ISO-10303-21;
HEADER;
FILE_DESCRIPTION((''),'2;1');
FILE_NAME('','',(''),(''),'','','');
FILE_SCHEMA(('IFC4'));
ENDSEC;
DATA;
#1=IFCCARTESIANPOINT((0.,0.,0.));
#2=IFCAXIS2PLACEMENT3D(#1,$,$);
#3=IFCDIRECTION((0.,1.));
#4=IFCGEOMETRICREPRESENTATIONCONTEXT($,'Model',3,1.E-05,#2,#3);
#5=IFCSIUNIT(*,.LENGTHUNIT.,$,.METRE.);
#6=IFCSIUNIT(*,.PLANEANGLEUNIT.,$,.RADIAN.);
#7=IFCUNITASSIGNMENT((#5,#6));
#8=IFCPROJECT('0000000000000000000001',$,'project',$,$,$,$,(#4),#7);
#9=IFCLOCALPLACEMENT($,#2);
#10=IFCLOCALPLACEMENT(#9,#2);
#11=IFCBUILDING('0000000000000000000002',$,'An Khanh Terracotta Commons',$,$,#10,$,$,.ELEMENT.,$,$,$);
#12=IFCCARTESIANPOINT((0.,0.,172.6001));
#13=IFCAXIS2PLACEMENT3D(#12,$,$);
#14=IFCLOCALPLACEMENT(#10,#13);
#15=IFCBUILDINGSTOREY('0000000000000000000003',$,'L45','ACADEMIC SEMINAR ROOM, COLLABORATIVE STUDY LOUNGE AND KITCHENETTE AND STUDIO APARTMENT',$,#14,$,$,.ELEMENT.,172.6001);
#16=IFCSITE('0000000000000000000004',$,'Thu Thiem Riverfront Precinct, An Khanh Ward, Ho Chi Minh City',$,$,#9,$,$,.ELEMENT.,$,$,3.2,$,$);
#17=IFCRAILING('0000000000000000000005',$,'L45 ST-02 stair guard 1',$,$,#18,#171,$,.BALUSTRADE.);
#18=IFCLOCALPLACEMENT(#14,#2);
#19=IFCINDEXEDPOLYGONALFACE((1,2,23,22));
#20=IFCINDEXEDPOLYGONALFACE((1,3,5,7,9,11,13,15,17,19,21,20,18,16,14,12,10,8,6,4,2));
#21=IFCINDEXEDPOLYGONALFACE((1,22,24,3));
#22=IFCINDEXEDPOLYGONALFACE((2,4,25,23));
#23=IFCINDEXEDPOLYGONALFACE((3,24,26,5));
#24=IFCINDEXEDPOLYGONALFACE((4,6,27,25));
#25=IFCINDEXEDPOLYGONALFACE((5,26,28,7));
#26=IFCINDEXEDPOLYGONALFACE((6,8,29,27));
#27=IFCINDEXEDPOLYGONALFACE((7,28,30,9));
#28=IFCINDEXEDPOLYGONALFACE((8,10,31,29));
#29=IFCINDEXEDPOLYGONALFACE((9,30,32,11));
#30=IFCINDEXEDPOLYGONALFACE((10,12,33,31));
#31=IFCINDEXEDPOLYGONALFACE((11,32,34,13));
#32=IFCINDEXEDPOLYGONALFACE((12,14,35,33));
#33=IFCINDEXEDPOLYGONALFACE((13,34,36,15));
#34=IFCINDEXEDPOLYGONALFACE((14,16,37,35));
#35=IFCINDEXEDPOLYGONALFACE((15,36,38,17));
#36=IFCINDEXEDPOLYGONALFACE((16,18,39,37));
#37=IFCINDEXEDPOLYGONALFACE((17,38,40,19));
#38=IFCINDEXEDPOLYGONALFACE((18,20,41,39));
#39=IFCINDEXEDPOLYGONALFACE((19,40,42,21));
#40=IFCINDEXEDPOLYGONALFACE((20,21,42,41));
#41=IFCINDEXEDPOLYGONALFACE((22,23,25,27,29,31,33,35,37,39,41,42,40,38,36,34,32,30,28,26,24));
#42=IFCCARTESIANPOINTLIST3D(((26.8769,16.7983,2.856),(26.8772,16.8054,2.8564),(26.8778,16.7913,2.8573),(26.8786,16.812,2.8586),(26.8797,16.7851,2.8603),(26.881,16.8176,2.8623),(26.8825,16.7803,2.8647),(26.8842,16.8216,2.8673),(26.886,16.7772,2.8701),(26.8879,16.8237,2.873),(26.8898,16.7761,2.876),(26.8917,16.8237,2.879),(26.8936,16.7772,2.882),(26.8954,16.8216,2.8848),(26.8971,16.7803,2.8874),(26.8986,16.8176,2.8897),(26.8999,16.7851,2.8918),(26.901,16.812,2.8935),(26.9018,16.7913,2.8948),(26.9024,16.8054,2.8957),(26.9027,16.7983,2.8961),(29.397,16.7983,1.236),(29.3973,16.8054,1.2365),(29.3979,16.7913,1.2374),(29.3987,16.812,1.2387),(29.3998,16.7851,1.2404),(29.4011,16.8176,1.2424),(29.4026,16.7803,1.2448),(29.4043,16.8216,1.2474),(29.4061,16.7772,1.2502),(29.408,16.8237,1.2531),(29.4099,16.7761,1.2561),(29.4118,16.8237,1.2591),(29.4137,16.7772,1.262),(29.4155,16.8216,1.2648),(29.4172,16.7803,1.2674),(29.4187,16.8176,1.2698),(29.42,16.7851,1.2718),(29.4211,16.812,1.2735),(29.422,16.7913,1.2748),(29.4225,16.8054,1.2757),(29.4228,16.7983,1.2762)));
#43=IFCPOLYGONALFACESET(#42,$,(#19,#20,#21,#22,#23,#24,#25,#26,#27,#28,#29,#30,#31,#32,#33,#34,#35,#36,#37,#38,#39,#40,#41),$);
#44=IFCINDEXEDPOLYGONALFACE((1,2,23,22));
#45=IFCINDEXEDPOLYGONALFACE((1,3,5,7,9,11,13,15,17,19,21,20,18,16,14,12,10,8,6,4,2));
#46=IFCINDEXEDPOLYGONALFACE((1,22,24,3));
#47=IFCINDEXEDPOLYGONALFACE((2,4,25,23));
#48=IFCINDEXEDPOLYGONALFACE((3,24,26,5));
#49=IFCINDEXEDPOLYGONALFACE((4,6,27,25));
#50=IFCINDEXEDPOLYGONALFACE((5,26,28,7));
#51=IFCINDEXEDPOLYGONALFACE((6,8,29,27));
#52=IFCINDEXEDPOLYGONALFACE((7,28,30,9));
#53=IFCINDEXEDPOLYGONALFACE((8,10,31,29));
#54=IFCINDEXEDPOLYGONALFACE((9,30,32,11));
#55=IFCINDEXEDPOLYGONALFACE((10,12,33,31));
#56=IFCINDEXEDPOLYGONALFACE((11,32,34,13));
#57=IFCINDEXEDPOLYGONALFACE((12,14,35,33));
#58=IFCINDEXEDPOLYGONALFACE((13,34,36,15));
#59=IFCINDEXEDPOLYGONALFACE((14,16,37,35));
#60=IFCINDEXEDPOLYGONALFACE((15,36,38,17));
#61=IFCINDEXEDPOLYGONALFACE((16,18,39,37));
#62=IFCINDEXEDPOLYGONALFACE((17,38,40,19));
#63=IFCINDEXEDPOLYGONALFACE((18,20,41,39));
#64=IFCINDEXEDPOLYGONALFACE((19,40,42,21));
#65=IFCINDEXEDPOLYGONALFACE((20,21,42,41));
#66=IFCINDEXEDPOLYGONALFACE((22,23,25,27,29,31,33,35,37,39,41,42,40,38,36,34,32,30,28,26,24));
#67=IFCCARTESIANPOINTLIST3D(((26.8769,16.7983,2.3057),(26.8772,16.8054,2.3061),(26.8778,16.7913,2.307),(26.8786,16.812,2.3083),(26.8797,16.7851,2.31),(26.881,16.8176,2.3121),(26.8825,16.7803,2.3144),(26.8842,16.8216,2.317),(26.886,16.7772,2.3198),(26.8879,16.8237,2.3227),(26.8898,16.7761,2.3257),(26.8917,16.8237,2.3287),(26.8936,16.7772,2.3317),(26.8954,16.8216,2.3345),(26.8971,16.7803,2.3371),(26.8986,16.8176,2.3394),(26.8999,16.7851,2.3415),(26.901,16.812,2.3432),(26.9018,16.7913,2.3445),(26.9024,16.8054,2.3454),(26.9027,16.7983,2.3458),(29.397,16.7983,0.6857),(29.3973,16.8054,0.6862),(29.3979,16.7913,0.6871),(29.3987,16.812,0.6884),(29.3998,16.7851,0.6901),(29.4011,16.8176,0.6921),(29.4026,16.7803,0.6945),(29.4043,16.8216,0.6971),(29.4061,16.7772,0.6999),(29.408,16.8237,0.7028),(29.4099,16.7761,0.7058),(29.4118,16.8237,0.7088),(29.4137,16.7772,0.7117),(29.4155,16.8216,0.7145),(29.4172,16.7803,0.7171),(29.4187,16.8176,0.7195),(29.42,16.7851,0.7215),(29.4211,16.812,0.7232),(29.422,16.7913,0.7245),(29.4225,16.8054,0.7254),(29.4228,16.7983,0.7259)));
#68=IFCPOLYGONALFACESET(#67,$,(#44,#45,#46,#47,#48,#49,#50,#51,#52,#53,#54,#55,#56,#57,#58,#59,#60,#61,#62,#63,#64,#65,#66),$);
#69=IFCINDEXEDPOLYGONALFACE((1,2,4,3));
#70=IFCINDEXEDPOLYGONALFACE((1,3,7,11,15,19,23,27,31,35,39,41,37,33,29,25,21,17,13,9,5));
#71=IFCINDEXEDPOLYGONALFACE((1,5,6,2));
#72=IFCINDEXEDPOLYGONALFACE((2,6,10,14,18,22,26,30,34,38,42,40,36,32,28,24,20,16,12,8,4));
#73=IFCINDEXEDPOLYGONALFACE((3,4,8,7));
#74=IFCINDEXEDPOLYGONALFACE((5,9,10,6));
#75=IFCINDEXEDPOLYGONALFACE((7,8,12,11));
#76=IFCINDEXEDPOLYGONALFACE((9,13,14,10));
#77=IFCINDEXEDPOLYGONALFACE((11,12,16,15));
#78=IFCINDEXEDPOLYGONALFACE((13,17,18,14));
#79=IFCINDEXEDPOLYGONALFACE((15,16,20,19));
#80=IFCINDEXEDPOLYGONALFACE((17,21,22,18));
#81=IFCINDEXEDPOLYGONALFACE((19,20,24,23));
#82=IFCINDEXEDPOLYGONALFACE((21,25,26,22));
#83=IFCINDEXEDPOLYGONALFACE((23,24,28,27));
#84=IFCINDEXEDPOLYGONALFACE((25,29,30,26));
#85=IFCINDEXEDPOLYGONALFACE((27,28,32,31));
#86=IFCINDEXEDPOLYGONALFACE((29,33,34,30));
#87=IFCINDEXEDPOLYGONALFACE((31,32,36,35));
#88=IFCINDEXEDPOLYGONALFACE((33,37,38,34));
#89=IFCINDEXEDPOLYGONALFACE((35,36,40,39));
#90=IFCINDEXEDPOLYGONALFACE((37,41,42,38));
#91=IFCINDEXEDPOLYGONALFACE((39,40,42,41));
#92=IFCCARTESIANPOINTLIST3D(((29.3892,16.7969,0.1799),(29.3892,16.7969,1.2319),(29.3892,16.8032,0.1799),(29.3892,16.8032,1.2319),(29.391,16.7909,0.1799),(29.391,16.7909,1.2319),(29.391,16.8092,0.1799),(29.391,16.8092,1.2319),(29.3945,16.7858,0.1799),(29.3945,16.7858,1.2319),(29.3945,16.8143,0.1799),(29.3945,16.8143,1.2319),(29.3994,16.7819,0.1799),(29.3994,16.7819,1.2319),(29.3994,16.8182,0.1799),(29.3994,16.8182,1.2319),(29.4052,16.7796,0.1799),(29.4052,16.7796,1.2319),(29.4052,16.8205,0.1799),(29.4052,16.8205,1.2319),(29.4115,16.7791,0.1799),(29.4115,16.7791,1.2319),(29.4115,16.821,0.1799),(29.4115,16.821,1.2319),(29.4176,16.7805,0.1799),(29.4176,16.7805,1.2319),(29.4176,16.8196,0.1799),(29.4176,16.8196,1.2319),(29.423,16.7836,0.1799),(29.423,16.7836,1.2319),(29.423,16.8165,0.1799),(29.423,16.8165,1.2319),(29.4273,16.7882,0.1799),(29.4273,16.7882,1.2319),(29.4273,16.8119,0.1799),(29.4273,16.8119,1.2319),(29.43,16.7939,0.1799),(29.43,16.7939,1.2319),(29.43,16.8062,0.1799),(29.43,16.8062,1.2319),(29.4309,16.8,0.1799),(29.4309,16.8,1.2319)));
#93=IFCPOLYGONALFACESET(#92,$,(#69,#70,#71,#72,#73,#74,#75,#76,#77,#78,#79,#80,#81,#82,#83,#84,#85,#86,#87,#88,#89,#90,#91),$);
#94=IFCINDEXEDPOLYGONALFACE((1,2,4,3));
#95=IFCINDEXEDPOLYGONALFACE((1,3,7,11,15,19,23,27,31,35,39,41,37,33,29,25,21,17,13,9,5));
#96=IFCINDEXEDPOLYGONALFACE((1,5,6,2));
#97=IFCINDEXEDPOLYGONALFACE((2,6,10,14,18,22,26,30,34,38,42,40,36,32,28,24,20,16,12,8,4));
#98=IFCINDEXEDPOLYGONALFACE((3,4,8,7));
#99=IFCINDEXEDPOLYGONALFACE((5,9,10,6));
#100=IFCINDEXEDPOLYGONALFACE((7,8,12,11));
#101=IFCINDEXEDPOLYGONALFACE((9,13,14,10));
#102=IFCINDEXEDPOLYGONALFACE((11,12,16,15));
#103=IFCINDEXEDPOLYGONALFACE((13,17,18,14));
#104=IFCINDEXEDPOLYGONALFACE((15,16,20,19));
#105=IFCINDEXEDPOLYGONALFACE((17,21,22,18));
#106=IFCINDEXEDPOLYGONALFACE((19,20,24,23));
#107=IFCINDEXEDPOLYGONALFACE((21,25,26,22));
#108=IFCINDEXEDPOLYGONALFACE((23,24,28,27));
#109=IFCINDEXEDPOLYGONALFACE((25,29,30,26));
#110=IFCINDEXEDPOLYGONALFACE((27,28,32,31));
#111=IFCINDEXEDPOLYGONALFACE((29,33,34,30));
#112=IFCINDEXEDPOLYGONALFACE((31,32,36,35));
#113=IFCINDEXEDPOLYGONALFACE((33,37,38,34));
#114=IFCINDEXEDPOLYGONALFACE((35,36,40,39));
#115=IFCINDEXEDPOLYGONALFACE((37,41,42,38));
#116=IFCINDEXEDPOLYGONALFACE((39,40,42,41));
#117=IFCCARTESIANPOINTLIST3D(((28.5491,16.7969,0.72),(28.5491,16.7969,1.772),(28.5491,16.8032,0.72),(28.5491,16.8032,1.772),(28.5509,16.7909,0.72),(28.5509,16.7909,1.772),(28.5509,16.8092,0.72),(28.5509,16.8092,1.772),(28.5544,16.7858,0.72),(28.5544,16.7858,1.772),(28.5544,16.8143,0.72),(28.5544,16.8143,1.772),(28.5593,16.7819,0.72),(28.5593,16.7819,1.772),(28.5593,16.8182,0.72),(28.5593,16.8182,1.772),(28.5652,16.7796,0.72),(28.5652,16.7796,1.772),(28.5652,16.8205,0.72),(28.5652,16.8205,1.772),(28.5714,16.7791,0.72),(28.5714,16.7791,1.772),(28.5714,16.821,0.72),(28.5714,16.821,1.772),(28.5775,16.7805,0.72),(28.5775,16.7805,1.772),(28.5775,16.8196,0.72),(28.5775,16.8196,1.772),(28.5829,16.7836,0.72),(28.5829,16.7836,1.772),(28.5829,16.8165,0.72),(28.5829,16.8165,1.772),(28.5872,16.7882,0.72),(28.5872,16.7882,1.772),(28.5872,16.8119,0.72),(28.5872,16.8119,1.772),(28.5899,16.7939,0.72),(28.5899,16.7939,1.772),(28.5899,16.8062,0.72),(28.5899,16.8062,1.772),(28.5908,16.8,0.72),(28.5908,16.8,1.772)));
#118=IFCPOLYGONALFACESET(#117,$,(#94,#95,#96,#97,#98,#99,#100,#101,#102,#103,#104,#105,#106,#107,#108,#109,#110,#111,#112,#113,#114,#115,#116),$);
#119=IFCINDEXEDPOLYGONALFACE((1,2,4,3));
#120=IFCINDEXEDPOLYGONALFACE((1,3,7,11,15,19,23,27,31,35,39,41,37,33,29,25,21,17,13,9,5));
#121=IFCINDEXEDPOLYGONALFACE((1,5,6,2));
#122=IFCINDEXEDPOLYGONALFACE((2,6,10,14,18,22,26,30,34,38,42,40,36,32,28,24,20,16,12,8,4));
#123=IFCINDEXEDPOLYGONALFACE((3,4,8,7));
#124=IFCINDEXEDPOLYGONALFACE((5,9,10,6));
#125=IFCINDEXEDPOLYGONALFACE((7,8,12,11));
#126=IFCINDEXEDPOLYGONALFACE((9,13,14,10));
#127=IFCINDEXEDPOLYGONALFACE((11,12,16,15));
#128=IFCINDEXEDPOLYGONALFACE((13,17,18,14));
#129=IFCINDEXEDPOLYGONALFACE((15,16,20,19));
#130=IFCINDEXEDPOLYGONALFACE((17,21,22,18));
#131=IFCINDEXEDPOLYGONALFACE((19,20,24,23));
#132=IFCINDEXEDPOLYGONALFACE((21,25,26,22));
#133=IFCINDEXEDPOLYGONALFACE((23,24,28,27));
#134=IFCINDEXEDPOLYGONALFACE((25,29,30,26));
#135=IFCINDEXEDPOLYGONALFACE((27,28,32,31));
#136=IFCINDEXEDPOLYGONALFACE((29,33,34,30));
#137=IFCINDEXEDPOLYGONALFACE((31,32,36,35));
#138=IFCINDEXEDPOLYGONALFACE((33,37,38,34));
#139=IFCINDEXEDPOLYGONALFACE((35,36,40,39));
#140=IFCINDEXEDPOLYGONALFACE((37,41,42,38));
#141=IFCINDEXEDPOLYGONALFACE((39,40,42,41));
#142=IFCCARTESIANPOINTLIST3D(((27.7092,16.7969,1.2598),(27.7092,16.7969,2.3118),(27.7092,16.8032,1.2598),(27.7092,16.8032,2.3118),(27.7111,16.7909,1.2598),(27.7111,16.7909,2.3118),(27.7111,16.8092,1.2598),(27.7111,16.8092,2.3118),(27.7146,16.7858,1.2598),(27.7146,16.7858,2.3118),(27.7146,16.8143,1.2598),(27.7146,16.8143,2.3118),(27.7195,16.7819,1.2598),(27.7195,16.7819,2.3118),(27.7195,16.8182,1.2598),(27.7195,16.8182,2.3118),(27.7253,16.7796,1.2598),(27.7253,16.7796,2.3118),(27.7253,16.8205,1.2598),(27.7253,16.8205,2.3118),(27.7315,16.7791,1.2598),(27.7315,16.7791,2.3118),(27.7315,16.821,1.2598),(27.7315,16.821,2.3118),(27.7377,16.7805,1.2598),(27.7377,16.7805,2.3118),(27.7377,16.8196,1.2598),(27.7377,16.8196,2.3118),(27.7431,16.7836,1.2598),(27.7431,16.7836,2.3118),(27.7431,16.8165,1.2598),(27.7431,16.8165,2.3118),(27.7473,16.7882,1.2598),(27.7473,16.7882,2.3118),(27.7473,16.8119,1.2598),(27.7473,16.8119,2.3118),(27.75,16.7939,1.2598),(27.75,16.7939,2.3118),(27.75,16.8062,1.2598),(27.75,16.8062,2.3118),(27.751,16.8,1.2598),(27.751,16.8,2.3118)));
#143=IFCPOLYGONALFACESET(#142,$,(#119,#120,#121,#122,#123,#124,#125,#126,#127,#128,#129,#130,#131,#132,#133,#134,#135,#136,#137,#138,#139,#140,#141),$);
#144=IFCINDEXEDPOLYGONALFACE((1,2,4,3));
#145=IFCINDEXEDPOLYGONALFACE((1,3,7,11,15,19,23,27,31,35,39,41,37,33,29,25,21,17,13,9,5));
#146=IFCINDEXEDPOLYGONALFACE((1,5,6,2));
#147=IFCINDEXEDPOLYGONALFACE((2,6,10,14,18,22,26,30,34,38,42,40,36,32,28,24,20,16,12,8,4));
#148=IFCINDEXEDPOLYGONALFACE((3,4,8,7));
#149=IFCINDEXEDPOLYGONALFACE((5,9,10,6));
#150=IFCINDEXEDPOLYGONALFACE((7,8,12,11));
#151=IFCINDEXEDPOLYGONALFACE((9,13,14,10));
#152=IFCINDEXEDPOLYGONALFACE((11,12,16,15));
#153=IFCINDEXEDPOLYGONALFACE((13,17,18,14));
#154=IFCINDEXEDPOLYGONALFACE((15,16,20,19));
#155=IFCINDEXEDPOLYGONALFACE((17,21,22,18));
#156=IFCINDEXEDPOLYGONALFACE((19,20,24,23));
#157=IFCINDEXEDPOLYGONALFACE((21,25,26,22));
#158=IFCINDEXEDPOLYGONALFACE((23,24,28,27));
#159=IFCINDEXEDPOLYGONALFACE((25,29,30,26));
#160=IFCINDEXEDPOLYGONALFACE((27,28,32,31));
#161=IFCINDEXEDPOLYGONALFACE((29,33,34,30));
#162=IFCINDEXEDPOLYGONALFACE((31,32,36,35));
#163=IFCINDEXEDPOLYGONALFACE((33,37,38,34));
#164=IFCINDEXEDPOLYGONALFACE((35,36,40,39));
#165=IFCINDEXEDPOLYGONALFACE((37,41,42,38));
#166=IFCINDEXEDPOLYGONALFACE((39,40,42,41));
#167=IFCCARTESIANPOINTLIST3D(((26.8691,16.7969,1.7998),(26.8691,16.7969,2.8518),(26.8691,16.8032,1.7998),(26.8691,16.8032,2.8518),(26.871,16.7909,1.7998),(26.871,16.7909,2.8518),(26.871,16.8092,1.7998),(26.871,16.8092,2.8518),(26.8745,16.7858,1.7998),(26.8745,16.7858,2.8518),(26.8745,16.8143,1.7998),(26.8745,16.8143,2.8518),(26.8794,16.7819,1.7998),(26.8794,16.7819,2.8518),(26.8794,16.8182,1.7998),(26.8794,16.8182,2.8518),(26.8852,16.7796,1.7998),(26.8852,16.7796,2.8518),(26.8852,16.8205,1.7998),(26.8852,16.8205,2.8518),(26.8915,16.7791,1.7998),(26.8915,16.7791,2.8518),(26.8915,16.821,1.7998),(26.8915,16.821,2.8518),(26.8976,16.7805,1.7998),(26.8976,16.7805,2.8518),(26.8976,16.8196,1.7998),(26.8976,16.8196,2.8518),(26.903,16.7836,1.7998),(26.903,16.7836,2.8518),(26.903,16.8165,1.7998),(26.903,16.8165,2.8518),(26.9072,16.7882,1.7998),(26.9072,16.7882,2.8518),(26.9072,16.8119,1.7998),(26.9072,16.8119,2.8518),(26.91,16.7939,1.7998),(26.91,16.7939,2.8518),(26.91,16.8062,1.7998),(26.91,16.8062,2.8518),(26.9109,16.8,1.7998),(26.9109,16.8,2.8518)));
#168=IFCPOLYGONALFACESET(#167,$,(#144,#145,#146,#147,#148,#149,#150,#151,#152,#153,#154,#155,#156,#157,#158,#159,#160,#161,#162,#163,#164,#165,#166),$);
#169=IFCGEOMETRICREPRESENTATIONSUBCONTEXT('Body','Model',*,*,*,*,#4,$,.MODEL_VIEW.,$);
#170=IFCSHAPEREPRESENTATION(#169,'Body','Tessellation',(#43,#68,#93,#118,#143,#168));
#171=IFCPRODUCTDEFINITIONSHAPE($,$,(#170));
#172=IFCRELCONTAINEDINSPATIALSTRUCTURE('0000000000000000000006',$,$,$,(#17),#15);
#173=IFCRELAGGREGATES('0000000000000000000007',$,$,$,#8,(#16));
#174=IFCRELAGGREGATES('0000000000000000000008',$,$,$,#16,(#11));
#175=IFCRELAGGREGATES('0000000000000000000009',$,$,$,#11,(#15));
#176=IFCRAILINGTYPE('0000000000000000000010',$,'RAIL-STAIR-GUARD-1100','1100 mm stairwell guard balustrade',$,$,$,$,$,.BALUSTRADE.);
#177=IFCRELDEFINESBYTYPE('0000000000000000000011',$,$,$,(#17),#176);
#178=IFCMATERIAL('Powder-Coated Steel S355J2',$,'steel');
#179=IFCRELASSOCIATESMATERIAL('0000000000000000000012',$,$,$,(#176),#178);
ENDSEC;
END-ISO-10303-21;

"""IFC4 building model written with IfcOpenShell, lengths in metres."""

from ifc_helpers import new_model, si_unit, direction, frame, origin, origin_2d, place, context, subcontext, project, spatial, circle, extrude, material, type_object, element, save


model = new_model("IFC4")

# Units and contexts
model_context = context("Model", 3, precision=1e-05, world=origin(), true_north=direction((0.0, 1.0)))
body_context = subcontext(model_context, "Body", "Model", "MODEL_VIEW")
ifc_project = project(units=[si_unit("LENGTHUNIT", "METRE"), si_unit("PLANEANGLEUNIT", "RADIAN")], contexts=[model_context])

# Site, building, storey
site_placement = place(None, origin())
site = spatial("IfcSite", under=ifc_project, at=site_placement, Name="Thu Thiem Riverfront Precinct, An Khanh Ward, Ho Chi Minh City", CompositionType="ELEMENT", RefElevation=3.2)
building_placement = place(site_placement, origin())
building = spatial("IfcBuilding", under=site, at=building_placement, Name="An Khanh Terracotta Commons", CompositionType="ELEMENT")
storey_placement = place(building_placement, frame((0.0, 0.0, 172.6001)))
storey = spatial("IfcBuildingStorey", under=building, at=storey_placement, Name="L45", Description="ACADEMIC SEMINAR ROOM, COLLABORATIVE STUDY LOUNGE AND KITCHENETTE AND STUDIO APARTMENT", CompositionType="ELEMENT", Elevation=172.6001)

# Railing
ifc_material_1 = material(Name="Powder-Coated Steel S355J2", Category="steel")
railing_type_1 = type_object("IfcRailingType", Name="RAIL-STAIR-GUARD-1100", Description="1100 mm stairwell guard balustrade", PredefinedType="BALUSTRADE", material=ifc_material_1)
railing_1_placement = place(storey_placement, frame((29.4099, 16.8, 0.1799)))
element("IfcRailing", 1, at=railing_1_placement, inside=storey, type_object=railing_type_1, Name="L45 ST-02 stair guard 1", PredefinedType="BALUSTRADE", context=body_context, shape_type="SweptSolid", body=[
    extrude(circle(Radius=0.0239, at=origin_2d()), frame((0.0, 0.0, 1.0762), z_axis=(-0.8412, 0.0, 0.540725), x_axis=(0.0, -1.0, 0.0)), (0.0, 0.0, 1.0), 2.9958),
    extrude(circle(Radius=0.0239, at=origin_2d()), frame((0.0, 0.0, 0.5259), z_axis=(-0.8412, 0.0, 0.540725), x_axis=(0.0, -1.0, 0.0)), (0.0, 0.0, 1.0), 2.9958),
    extrude(circle(Radius=0.021, at=origin_2d()), origin(), (0.0, 0.0, 1.0), 1.052),
    extrude(circle(Radius=0.021, at=origin_2d()), frame((-0.8401, 0.0, 0.54)), (0.0, 0.0, 1.0), 1.052),
    extrude(circle(Radius=0.021, at=origin_2d()), frame((-1.6799, 0.0, 1.0798)), (0.0, 0.0, 1.0), 1.052),
    extrude(circle(Radius=0.021, at=origin_2d()), frame((-2.52, 0.0, 1.6199)), (0.0, 0.0, 1.0), 1.052),
])

save(model, "model.ifc")
